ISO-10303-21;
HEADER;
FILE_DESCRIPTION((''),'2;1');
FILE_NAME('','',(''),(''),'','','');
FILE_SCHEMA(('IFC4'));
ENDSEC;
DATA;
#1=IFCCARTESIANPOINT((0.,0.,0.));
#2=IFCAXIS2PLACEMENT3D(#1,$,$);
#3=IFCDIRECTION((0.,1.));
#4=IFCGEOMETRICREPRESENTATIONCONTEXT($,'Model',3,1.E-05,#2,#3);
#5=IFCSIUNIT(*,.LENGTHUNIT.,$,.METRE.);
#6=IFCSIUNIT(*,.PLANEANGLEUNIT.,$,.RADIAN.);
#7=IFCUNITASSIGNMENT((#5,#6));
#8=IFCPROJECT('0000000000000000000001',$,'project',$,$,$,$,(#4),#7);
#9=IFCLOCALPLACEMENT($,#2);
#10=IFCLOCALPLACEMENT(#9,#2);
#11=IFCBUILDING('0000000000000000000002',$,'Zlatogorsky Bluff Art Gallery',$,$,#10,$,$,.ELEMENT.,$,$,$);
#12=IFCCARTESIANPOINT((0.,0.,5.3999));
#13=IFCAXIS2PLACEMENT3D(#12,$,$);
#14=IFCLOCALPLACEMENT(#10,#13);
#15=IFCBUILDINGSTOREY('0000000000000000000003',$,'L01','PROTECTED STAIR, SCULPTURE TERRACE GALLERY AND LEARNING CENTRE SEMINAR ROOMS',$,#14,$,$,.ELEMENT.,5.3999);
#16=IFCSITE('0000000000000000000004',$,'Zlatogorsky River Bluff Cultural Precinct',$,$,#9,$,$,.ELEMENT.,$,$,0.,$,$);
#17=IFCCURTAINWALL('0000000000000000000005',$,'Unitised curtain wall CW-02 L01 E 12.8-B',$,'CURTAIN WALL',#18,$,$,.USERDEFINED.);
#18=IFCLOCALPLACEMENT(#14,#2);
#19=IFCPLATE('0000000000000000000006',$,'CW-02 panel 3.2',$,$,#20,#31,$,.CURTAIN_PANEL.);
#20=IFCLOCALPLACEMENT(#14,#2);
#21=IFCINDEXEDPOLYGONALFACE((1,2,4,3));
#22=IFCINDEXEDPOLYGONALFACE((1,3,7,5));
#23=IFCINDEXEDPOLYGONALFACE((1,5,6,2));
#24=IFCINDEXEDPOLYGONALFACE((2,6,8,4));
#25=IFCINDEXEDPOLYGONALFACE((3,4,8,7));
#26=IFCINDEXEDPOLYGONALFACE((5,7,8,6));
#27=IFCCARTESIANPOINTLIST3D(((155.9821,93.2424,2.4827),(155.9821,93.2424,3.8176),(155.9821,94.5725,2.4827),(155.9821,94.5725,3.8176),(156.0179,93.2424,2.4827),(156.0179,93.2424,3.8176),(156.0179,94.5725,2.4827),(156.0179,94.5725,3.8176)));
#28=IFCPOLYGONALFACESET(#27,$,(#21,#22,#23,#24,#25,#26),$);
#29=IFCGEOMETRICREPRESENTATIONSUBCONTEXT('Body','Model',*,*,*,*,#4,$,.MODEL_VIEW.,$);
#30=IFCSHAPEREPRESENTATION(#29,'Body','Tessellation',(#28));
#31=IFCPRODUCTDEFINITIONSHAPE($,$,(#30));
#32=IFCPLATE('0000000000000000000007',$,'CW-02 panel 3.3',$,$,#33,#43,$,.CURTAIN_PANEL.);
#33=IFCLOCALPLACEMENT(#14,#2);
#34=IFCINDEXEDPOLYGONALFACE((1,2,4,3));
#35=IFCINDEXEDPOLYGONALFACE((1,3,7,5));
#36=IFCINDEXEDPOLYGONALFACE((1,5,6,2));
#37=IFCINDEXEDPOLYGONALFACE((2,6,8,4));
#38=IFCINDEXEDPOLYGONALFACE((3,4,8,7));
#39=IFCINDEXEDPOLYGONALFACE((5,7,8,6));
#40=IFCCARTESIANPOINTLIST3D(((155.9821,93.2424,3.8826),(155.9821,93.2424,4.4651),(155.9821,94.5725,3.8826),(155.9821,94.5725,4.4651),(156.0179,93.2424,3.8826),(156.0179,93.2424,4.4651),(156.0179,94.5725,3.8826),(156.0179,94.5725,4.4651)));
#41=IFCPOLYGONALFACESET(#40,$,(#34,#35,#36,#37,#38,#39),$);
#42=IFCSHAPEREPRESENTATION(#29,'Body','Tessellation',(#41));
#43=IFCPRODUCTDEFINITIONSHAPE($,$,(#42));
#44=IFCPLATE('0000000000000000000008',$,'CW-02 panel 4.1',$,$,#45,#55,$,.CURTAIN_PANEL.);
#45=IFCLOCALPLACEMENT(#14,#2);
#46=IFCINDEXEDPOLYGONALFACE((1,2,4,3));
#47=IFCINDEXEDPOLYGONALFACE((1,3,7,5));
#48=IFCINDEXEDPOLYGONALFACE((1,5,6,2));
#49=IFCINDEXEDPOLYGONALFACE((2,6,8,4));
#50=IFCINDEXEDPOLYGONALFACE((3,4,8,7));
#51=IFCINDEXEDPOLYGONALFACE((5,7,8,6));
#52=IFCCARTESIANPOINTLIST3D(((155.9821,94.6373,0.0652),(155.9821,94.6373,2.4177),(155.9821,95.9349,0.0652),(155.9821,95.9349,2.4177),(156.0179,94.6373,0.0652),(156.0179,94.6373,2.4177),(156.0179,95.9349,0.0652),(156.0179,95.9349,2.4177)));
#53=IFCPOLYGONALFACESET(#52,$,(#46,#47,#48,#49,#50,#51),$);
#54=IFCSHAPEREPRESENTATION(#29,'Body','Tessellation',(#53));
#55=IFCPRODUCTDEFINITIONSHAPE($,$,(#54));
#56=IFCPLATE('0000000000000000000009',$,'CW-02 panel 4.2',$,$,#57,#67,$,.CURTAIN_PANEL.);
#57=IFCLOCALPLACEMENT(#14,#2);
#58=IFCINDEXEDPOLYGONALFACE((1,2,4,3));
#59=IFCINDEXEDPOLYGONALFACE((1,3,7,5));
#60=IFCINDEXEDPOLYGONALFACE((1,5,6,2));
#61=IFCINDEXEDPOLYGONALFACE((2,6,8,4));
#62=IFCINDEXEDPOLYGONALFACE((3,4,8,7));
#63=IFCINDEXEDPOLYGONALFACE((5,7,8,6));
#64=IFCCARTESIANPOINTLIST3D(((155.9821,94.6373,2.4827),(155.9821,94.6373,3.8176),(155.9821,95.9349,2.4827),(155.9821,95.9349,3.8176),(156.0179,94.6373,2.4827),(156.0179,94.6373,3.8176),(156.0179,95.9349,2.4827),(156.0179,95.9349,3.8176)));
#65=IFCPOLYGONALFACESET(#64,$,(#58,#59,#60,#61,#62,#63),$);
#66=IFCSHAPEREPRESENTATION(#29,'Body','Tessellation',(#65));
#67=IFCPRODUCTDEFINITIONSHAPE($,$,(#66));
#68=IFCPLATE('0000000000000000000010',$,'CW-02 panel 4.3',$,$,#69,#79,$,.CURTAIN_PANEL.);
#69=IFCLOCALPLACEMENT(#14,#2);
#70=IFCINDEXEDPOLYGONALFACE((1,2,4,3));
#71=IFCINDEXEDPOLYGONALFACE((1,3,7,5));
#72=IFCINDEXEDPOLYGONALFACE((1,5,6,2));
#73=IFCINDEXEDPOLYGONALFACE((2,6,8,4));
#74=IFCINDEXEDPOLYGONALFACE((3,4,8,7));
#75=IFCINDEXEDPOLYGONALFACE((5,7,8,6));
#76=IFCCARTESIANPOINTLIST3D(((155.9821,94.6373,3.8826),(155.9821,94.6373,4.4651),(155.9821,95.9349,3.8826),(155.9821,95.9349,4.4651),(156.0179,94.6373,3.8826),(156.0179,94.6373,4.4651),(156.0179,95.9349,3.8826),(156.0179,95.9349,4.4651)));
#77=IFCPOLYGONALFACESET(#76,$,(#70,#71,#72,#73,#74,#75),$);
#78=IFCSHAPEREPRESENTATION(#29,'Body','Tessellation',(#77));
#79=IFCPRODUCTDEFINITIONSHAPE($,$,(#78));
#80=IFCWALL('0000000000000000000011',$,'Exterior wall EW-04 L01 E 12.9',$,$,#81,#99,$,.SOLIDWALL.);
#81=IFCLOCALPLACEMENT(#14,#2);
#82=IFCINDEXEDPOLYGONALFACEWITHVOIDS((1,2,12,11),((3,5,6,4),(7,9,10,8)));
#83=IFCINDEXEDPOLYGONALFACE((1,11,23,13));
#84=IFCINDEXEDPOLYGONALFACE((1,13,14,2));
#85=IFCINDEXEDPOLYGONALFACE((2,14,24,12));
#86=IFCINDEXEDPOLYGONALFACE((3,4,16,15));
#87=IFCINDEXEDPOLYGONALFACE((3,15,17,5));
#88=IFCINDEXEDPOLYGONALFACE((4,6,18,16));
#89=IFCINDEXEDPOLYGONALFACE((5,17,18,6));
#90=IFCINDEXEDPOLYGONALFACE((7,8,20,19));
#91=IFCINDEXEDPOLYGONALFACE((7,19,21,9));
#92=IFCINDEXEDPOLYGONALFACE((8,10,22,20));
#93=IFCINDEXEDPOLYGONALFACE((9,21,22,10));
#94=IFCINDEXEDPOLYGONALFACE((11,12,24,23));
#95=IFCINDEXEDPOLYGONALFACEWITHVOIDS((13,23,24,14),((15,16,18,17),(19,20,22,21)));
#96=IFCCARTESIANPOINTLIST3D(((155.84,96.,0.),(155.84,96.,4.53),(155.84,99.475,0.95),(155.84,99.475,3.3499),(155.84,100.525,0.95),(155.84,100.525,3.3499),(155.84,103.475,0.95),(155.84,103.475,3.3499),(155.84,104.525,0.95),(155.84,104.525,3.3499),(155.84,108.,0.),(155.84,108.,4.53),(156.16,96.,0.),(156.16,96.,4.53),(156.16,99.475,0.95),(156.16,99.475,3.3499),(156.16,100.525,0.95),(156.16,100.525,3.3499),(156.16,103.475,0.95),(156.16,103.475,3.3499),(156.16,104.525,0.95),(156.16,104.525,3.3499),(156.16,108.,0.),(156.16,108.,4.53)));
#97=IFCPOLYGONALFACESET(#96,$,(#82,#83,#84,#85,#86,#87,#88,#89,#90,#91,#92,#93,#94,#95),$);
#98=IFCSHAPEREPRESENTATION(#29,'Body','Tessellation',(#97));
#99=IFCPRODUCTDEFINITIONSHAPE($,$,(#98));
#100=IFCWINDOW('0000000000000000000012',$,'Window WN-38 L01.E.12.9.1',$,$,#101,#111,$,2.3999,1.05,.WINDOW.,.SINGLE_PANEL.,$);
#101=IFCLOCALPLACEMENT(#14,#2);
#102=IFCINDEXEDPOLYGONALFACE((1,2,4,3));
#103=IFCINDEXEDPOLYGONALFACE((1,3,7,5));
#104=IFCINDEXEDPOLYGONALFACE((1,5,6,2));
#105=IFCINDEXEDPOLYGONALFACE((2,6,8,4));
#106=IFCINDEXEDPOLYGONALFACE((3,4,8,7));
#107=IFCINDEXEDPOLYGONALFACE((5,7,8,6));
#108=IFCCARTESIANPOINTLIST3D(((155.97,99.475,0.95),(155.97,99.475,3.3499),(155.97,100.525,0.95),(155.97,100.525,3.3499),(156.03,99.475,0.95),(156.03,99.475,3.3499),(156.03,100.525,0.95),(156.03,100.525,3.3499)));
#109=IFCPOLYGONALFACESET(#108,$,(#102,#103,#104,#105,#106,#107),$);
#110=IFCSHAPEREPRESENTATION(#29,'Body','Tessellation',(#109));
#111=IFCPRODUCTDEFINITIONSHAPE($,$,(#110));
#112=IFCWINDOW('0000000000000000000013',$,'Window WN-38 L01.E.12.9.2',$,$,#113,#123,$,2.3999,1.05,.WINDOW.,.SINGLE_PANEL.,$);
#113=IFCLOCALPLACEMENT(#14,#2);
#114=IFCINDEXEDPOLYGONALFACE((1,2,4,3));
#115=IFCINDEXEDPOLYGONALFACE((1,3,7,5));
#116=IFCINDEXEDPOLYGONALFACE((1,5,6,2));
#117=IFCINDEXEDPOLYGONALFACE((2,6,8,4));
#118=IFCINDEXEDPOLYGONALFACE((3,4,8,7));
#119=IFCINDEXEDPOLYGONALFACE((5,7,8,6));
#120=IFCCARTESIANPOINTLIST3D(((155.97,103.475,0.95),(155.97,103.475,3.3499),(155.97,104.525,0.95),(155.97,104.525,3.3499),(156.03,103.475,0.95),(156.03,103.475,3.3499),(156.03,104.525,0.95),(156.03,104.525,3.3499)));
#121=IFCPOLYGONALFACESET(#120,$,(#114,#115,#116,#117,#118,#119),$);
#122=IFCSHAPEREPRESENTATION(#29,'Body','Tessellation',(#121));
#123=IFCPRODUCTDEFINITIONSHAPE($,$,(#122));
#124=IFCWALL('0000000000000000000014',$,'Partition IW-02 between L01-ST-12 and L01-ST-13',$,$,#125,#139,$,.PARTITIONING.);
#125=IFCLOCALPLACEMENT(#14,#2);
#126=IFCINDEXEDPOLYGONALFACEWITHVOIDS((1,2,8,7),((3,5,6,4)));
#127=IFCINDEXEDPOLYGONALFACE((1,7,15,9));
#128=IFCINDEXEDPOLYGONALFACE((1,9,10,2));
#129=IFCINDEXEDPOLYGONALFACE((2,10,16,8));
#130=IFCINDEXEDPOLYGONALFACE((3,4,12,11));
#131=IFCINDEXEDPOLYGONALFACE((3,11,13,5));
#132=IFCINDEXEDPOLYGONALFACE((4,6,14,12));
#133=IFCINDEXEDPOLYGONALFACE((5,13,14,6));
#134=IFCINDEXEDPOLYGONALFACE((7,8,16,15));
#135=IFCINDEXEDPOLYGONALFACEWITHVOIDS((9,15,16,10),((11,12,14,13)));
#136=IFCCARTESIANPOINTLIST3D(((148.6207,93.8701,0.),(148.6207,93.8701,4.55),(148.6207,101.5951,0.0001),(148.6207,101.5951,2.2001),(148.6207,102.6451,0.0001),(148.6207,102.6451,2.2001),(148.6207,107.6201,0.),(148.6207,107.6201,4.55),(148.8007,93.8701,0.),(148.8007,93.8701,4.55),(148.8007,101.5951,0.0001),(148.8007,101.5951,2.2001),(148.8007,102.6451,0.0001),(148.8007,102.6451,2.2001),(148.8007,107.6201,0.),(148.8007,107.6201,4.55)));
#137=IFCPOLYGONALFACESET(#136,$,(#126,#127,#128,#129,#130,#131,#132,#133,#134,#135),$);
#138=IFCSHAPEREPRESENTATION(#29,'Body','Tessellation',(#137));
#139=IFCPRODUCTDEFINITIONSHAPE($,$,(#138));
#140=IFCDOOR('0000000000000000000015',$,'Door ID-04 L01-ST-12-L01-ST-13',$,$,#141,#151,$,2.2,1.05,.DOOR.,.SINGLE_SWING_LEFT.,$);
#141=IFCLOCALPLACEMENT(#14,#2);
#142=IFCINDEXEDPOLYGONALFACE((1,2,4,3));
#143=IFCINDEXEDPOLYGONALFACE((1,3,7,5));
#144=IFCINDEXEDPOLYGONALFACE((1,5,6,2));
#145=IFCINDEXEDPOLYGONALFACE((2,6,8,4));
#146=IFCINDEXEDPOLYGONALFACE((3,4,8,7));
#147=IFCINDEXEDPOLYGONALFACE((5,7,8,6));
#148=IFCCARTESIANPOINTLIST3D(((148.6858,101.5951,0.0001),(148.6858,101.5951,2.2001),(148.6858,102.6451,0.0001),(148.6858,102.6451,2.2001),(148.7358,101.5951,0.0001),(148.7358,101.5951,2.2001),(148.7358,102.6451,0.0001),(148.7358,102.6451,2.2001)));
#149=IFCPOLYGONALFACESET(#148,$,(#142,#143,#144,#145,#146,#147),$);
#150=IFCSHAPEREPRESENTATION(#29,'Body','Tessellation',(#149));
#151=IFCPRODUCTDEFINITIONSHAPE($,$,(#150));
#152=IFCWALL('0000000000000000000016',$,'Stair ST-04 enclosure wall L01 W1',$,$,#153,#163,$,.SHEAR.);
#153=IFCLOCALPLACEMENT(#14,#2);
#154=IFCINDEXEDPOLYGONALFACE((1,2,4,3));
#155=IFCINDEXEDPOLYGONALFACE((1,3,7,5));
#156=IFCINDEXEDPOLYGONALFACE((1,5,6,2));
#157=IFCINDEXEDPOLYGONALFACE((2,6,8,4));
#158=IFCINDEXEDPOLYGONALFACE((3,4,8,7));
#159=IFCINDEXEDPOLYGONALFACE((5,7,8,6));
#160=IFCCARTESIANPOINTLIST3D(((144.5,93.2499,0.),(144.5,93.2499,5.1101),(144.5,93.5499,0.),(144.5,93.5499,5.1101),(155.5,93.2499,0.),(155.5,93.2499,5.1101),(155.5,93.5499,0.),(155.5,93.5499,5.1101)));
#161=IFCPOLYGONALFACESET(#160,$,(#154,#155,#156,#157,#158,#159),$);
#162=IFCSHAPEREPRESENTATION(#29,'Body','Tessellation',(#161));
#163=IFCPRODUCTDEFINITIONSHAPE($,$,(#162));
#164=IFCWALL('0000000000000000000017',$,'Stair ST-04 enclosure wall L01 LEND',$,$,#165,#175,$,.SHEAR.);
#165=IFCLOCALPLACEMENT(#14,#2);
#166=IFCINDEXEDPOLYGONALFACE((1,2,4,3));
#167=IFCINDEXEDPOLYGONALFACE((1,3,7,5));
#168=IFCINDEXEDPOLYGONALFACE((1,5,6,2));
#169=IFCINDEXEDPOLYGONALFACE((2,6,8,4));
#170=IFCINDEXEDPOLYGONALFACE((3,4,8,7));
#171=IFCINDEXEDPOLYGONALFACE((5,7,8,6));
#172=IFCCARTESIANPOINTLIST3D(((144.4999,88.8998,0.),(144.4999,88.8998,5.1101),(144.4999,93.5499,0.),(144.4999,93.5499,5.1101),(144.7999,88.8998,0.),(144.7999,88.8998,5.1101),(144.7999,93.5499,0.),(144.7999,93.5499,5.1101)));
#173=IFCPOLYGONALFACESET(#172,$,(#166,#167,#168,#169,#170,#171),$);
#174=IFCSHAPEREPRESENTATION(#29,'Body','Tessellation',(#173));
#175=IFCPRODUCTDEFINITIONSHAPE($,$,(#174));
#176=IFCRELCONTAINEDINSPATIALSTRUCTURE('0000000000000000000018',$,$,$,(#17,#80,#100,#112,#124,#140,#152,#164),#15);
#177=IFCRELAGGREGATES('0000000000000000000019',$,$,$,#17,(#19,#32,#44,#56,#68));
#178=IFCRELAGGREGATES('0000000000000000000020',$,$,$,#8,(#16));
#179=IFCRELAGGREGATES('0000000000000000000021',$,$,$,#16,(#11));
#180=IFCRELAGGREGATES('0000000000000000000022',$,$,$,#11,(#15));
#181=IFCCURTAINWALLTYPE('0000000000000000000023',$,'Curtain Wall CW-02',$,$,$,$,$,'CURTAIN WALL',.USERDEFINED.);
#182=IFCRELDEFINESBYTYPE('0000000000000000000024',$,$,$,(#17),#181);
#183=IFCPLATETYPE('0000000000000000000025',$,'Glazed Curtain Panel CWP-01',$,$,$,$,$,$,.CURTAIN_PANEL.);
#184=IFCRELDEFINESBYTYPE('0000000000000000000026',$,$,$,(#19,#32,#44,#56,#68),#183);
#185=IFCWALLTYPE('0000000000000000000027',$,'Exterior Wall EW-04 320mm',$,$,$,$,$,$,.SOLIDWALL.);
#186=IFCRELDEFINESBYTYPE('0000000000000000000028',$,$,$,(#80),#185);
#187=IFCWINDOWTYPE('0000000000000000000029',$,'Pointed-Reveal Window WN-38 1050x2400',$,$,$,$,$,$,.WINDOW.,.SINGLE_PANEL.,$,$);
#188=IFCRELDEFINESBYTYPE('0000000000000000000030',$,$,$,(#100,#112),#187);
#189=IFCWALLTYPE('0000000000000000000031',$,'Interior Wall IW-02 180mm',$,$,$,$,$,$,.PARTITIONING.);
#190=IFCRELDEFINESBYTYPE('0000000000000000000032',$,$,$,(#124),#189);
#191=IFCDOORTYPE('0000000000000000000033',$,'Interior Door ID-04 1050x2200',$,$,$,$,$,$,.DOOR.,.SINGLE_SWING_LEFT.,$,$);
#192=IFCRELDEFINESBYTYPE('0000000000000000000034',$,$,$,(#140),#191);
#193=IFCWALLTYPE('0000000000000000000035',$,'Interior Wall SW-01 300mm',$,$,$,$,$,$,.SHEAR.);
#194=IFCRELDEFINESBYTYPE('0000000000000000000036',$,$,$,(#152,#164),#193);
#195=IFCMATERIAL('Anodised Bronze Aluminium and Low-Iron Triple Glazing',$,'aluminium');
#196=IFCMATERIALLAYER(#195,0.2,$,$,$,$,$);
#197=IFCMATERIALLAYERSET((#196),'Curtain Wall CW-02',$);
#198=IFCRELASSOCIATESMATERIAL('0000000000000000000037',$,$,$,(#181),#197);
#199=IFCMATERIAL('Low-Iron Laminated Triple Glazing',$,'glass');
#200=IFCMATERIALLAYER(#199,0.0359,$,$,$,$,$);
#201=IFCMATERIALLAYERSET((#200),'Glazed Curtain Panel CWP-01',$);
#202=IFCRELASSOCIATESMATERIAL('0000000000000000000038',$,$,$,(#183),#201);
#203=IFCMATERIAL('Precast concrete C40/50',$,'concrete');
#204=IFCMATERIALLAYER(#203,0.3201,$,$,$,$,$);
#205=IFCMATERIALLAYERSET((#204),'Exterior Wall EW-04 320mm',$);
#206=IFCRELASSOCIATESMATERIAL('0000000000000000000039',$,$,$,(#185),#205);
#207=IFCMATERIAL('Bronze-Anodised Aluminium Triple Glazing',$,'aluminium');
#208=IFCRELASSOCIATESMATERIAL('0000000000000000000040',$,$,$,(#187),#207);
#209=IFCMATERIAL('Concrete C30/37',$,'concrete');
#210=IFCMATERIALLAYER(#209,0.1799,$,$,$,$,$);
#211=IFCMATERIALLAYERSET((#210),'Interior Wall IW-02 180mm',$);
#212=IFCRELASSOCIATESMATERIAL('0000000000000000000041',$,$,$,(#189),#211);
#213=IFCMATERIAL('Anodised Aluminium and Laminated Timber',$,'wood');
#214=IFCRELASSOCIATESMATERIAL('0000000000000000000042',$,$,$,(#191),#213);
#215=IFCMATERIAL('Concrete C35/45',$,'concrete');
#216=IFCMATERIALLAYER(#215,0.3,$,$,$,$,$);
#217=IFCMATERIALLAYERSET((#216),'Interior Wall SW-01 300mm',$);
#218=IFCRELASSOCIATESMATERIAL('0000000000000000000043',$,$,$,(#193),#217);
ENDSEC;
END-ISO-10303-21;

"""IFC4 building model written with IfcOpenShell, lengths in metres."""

from ifc_helpers import new_model, si_unit, direction, frame, frame_2d, origin, origin_2d, place, context, subcontext, project, spatial, rectangle, extrude, material, layer, layer_set, type_object, element, fill, aggregate, save


model = new_model("IFC4")

# Units and contexts
model_context = context("Model", 3, precision=1e-05, world=origin(), true_north=direction((0.0, 1.0)))
body_context = subcontext(model_context, "Body", "Model", "MODEL_VIEW")
ifc_project = project(units=[si_unit("LENGTHUNIT", "METRE"), si_unit("PLANEANGLEUNIT", "RADIAN")], contexts=[model_context])

# Site, building, storey
site_placement = place(None, origin())
site = spatial("IfcSite", under=ifc_project, at=site_placement, Name="Zlatogorsky River Bluff Cultural Precinct", CompositionType="ELEMENT", RefElevation=0.0)
building_placement = place(site_placement, origin())
building = spatial("IfcBuilding", under=site, at=building_placement, Name="Zlatogorsky Bluff Art Gallery", CompositionType="ELEMENT")
storey_placement = place(building_placement, frame((0.0, 0.0, 5.3999)))
storey = spatial("IfcBuildingStorey", under=building, at=storey_placement, Name="L01", Description="PROTECTED STAIR, SCULPTURE TERRACE GALLERY AND LEARNING CENTRE SEMINAR ROOMS", CompositionType="ELEMENT", Elevation=5.3999)

# Curtain wall, plates
ifc_material_1 = material(Name="Anodised Bronze Aluminium and Low-Iron Triple Glazing", Category="aluminium")
ifc_layer_1 = layer(ifc_material_1, 0.2)
ifc_layer_set_1 = layer_set([ifc_layer_1], Name="Curtain Wall CW-02")
curtain_wall_type = type_object("IfcCurtainWallType", Name="Curtain Wall CW-02", ElementType="CURTAIN WALL", PredefinedType="USERDEFINED", material=ifc_layer_set_1)
curtain_wall_placement = place(storey_placement, origin())
curtain_wall = element("IfcCurtainWall", 1, at=curtain_wall_placement, inside=storey, type_object=curtain_wall_type, Name="Unitised curtain wall CW-02 L01 E 12.8-B", ObjectType="CURTAIN WALL", PredefinedType="USERDEFINED")
ifc_material_2 = material(Name="Low-Iron Laminated Triple Glazing", Category="glass")
ifc_layer_2 = layer(ifc_material_2, 0.0359)
ifc_layer_set_2 = layer_set([ifc_layer_2], Name="Glazed Curtain Panel CWP-01")
plate_type = type_object("IfcPlateType", Name="Glazed Curtain Panel CWP-01", PredefinedType="CURTAIN_PANEL", material=ifc_layer_set_2)
plate_1_placement = place(storey_placement, frame((156.0, 93.9075, 2.4827), z_axis=(0.0, 0.0, 1.0), x_axis=(0.0, 1.0, 0.0)))
plate_1 = element("IfcPlate", 2, at=plate_1_placement, type_object=plate_type, Name="CW-02 panel 3.2", PredefinedType="CURTAIN_PANEL", context=body_context, shape_type="SweptSolid", body=[
    extrude(rectangle(XDim=1.3301, YDim=0.0359, at=origin_2d()), origin(), (0.0, 0.0, 1.0), 1.335),
])
plate_2_placement = place(storey_placement, frame((156.0, 93.9075, 3.8826), z_axis=(0.0, 0.0, 1.0), x_axis=(0.0, 1.0, 0.0)))
plate_2 = element("IfcPlate", 3, at=plate_2_placement, type_object=plate_type, Name="CW-02 panel 3.3", PredefinedType="CURTAIN_PANEL", context=body_context, shape_type="SweptSolid", body=[
    extrude(rectangle(XDim=1.3301, YDim=0.0359, at=origin_2d()), origin(), (0.0, 0.0, 1.0), 0.5825),
])
plate_3_placement = place(storey_placement, frame((156.0, 95.2861, 0.0652), z_axis=(0.0, 0.0, 1.0), x_axis=(0.0, 1.0, 0.0)))
plate_3 = element("IfcPlate", 4, at=plate_3_placement, type_object=plate_type, Name="CW-02 panel 4.1", PredefinedType="CURTAIN_PANEL", context=body_context, shape_type="SweptSolid", body=[
    extrude(rectangle(XDim=1.2976, YDim=0.0359, at=origin_2d()), origin(), (0.0, 0.0, 1.0), 2.3525),
])
plate_4_placement = place(storey_placement, frame((156.0, 95.2861, 2.4827), z_axis=(0.0, 0.0, 1.0), x_axis=(0.0, 1.0, 0.0)))
plate_4 = element("IfcPlate", 5, at=plate_4_placement, type_object=plate_type, Name="CW-02 panel 4.2", PredefinedType="CURTAIN_PANEL", context=body_context, shape_type="SweptSolid", body=[
    extrude(rectangle(XDim=1.2976, YDim=0.0359, at=origin_2d()), origin(), (0.0, 0.0, 1.0), 1.335),
])
plate_5_placement = place(storey_placement, frame((156.0, 95.2861, 3.8826), z_axis=(0.0, 0.0, 1.0), x_axis=(0.0, 1.0, 0.0)))
plate_5 = element("IfcPlate", 6, at=plate_5_placement, type_object=plate_type, Name="CW-02 panel 4.3", PredefinedType="CURTAIN_PANEL", context=body_context, shape_type="SweptSolid", body=[
    extrude(rectangle(XDim=1.2976, YDim=0.0359, at=origin_2d()), origin(), (0.0, 0.0, 1.0), 0.5825),
])
aggregate(curtain_wall, [plate_1, plate_2, plate_3, plate_4, plate_5])

# Wall, openings, windows
ifc_material_3 = material(Name="Precast concrete C40/50", Category="concrete")
ifc_layer_3 = layer(ifc_material_3, 0.3201)
ifc_layer_set_3 = layer_set([ifc_layer_3], Name="Exterior Wall EW-04 320mm")
wall_type_1 = type_object("IfcWallType", Name="Exterior Wall EW-04 320mm", PredefinedType="SOLIDWALL", material=ifc_layer_set_3)
wall_1_placement = place(storey_placement, frame((156.0, 96.0, 0.0), z_axis=(0.0, 0.0, 1.0), x_axis=(0.0, 1.0, 0.0)))
wall_1 = element("IfcWall", 7, at=wall_1_placement, inside=storey, type_object=wall_type_1, Name="Exterior wall EW-04 L01 E 12.9", PredefinedType="SOLIDWALL", context=body_context, shape_type="SweptSolid", body=[
    extrude(rectangle(XDim=12.0, YDim=0.3201, at=frame_2d((6.0, 0.0))), origin(), (0.0, 0.0, 1.0), 4.53),
])
opening_1_placement = place(wall_1_placement, frame((3.4751, 0.0, 0.95)))
opening_1 = element("IfcOpeningElement", 8, at=opening_1_placement, cuts=wall_1, PredefinedType="OPENING", context=body_context, shape_type="SweptSolid", body=[
    extrude(rectangle(XDim=1.05, YDim=2.3999, at=frame_2d((0.5249, 1.2))), frame((0.0, 0.1699, 0.0), z_axis=(0.0, -1.0, 0.0), x_axis=(1.0, 0.0, 0.0)), (0.0, 0.0, 1.0), 0.3401),
])
opening_2_placement = place(wall_1_placement, frame((7.4751, 0.0, 0.95)))
opening_2 = element("IfcOpeningElement", 9, at=opening_2_placement, cuts=wall_1, PredefinedType="OPENING", context=body_context, shape_type="SweptSolid", body=[
    extrude(rectangle(XDim=1.05, YDim=2.3999, at=frame_2d((0.5249, 1.2))), frame((0.0, 0.1699, 0.0), z_axis=(0.0, -1.0, 0.0), x_axis=(1.0, 0.0, 0.0)), (0.0, 0.0, 1.0), 0.3401),
])
ifc_material_4 = material(Name="Bronze-Anodised Aluminium Triple Glazing", Category="aluminium")
window_type = type_object("IfcWindowType", Name="Pointed-Reveal Window WN-38 1050x2400", PartitioningType="SINGLE_PANEL", PredefinedType="WINDOW", material=ifc_material_4)
window_1_placement = place(opening_1_placement, origin())
window_1 = element("IfcWindow", 10, at=window_1_placement, inside=storey, type_object=window_type, Name="Window WN-38 L01.E.12.9.1", OverallHeight=2.3999, OverallWidth=1.05, PartitioningType="SINGLE_PANEL", PredefinedType="WINDOW", context=body_context, shape_type="SweptSolid", body=[
    extrude(rectangle(XDim=1.05, YDim=2.3999, at=frame_2d((0.5249, 1.2))), frame((0.0, 0.03, 0.0), z_axis=(0.0, -1.0, 0.0), x_axis=(1.0, 0.0, 0.0)), (0.0, 0.0, 1.0), 0.0601),
])
fill(opening_1, window_1)
window_2_placement = place(opening_2_placement, origin())
window_2 = element("IfcWindow", 11, at=window_2_placement, inside=storey, type_object=window_type, Name="Window WN-38 L01.E.12.9.2", OverallHeight=2.3999, OverallWidth=1.05, PartitioningType="SINGLE_PANEL", PredefinedType="WINDOW", context=body_context, shape_type="SweptSolid", body=[
    extrude(rectangle(XDim=1.05, YDim=2.3999, at=frame_2d((0.5249, 1.2))), frame((0.0, 0.03, 0.0), z_axis=(0.0, -1.0, 0.0), x_axis=(1.0, 0.0, 0.0)), (0.0, 0.0, 1.0), 0.0601),
])
fill(opening_2, window_2)

# Wall, opening, door
ifc_material_5 = material(Name="Concrete C30/37", Category="concrete")
ifc_layer_4 = layer(ifc_material_5, 0.1799)
ifc_layer_set_4 = layer_set([ifc_layer_4], Name="Interior Wall IW-02 180mm")
wall_type_2 = type_object("IfcWallType", Name="Interior Wall IW-02 180mm", PredefinedType="PARTITIONING", material=ifc_layer_set_4)
wall_2_placement = place(storey_placement, frame((148.7107, 93.8701, 0.0), z_axis=(0.0, 0.0, 1.0), x_axis=(0.0, 1.0, 0.0)))
wall_2 = element("IfcWall", 12, at=wall_2_placement, inside=storey, type_object=wall_type_2, Name="Partition IW-02 between L01-ST-12 and L01-ST-13", PredefinedType="PARTITIONING", context=body_context, shape_type="SweptSolid", body=[
    extrude(rectangle(XDim=13.75, YDim=0.1799, at=frame_2d((6.875, 0.0))), origin(), (0.0, 0.0, 1.0), 4.55),
])
opening_3_placement = place(wall_2_placement, frame((7.7251, 0.0, 0.0)))
opening_3 = element("IfcOpeningElement", 13, at=opening_3_placement, cuts=wall_2, PredefinedType="OPENING", context=body_context, shape_type="SweptSolid", body=[
    extrude(rectangle(XDim=1.05, YDim=2.2, at=frame_2d((0.5249, 1.1001))), frame((0.0, 0.0999, 0.0), z_axis=(0.0, -1.0, 0.0), x_axis=(1.0, 0.0, 0.0)), (0.0, 0.0, 1.0), 0.2),
])
ifc_material_6 = material(Name="Anodised Aluminium and Laminated Timber", Category="wood")
door_type = type_object("IfcDoorType", Name="Interior Door ID-04 1050x2200", OperationType="SINGLE_SWING_LEFT", PredefinedType="DOOR", material=ifc_material_6)
door_placement = place(opening_3_placement, origin())
door = element("IfcDoor", 14, at=door_placement, inside=storey, type_object=door_type, Name="Door ID-04 L01-ST-12-L01-ST-13", OperationType="SINGLE_SWING_LEFT", OverallHeight=2.2, OverallWidth=1.05, PredefinedType="DOOR", context=body_context, shape_type="SweptSolid", body=[
    extrude(rectangle(XDim=1.05, YDim=2.2, at=frame_2d((0.5249, 1.1001))), frame((0.0, 0.0249, 0.0), z_axis=(0.0, -1.0, 0.0), x_axis=(1.0, 0.0, 0.0)), (0.0, 0.0, 1.0), 0.05),
])
fill(opening_3, door)

# Walls
ifc_material_7 = material(Name="Concrete C35/45", Category="concrete")
ifc_layer_5 = layer(ifc_material_7, 0.3)
ifc_layer_set_5 = layer_set([ifc_layer_5], Name="Interior Wall SW-01 300mm")
wall_type_3 = type_object("IfcWallType", Name="Interior Wall SW-01 300mm", PredefinedType="SHEAR", material=ifc_layer_set_5)
wall_3_placement = place(storey_placement, frame((155.5, 93.3999, 0.0), z_axis=(0.0, 0.0, 1.0), x_axis=(-1.0, 0.0, 0.0)))
element("IfcWall", 15, at=wall_3_placement, inside=storey, type_object=wall_type_3, Name="Stair ST-04 enclosure wall L01 W1", PredefinedType="SHEAR", context=body_context, shape_type="SweptSolid", body=[
    extrude(rectangle(XDim=11.0, YDim=0.3, at=frame_2d((5.5, 0.0))), origin(), (0.0, 0.0, 1.0), 5.1101),
])
wall_4_placement = place(storey_placement, frame((144.6499, 93.55, 0.0), z_axis=(0.0, 0.0, 1.0), x_axis=(0.0, -1.0, 0.0)))
element("IfcWall", 16, at=wall_4_placement, inside=storey, type_object=wall_type_3, Name="Stair ST-04 enclosure wall L01 LEND", PredefinedType="SHEAR", context=body_context, shape_type="SweptSolid", body=[
    extrude(rectangle(XDim=4.6501, YDim=0.3, at=frame_2d((2.3252, 0.0))), origin(), (0.0, 0.0, 1.0), 5.1101),
])

save(model, "model.ifc")
